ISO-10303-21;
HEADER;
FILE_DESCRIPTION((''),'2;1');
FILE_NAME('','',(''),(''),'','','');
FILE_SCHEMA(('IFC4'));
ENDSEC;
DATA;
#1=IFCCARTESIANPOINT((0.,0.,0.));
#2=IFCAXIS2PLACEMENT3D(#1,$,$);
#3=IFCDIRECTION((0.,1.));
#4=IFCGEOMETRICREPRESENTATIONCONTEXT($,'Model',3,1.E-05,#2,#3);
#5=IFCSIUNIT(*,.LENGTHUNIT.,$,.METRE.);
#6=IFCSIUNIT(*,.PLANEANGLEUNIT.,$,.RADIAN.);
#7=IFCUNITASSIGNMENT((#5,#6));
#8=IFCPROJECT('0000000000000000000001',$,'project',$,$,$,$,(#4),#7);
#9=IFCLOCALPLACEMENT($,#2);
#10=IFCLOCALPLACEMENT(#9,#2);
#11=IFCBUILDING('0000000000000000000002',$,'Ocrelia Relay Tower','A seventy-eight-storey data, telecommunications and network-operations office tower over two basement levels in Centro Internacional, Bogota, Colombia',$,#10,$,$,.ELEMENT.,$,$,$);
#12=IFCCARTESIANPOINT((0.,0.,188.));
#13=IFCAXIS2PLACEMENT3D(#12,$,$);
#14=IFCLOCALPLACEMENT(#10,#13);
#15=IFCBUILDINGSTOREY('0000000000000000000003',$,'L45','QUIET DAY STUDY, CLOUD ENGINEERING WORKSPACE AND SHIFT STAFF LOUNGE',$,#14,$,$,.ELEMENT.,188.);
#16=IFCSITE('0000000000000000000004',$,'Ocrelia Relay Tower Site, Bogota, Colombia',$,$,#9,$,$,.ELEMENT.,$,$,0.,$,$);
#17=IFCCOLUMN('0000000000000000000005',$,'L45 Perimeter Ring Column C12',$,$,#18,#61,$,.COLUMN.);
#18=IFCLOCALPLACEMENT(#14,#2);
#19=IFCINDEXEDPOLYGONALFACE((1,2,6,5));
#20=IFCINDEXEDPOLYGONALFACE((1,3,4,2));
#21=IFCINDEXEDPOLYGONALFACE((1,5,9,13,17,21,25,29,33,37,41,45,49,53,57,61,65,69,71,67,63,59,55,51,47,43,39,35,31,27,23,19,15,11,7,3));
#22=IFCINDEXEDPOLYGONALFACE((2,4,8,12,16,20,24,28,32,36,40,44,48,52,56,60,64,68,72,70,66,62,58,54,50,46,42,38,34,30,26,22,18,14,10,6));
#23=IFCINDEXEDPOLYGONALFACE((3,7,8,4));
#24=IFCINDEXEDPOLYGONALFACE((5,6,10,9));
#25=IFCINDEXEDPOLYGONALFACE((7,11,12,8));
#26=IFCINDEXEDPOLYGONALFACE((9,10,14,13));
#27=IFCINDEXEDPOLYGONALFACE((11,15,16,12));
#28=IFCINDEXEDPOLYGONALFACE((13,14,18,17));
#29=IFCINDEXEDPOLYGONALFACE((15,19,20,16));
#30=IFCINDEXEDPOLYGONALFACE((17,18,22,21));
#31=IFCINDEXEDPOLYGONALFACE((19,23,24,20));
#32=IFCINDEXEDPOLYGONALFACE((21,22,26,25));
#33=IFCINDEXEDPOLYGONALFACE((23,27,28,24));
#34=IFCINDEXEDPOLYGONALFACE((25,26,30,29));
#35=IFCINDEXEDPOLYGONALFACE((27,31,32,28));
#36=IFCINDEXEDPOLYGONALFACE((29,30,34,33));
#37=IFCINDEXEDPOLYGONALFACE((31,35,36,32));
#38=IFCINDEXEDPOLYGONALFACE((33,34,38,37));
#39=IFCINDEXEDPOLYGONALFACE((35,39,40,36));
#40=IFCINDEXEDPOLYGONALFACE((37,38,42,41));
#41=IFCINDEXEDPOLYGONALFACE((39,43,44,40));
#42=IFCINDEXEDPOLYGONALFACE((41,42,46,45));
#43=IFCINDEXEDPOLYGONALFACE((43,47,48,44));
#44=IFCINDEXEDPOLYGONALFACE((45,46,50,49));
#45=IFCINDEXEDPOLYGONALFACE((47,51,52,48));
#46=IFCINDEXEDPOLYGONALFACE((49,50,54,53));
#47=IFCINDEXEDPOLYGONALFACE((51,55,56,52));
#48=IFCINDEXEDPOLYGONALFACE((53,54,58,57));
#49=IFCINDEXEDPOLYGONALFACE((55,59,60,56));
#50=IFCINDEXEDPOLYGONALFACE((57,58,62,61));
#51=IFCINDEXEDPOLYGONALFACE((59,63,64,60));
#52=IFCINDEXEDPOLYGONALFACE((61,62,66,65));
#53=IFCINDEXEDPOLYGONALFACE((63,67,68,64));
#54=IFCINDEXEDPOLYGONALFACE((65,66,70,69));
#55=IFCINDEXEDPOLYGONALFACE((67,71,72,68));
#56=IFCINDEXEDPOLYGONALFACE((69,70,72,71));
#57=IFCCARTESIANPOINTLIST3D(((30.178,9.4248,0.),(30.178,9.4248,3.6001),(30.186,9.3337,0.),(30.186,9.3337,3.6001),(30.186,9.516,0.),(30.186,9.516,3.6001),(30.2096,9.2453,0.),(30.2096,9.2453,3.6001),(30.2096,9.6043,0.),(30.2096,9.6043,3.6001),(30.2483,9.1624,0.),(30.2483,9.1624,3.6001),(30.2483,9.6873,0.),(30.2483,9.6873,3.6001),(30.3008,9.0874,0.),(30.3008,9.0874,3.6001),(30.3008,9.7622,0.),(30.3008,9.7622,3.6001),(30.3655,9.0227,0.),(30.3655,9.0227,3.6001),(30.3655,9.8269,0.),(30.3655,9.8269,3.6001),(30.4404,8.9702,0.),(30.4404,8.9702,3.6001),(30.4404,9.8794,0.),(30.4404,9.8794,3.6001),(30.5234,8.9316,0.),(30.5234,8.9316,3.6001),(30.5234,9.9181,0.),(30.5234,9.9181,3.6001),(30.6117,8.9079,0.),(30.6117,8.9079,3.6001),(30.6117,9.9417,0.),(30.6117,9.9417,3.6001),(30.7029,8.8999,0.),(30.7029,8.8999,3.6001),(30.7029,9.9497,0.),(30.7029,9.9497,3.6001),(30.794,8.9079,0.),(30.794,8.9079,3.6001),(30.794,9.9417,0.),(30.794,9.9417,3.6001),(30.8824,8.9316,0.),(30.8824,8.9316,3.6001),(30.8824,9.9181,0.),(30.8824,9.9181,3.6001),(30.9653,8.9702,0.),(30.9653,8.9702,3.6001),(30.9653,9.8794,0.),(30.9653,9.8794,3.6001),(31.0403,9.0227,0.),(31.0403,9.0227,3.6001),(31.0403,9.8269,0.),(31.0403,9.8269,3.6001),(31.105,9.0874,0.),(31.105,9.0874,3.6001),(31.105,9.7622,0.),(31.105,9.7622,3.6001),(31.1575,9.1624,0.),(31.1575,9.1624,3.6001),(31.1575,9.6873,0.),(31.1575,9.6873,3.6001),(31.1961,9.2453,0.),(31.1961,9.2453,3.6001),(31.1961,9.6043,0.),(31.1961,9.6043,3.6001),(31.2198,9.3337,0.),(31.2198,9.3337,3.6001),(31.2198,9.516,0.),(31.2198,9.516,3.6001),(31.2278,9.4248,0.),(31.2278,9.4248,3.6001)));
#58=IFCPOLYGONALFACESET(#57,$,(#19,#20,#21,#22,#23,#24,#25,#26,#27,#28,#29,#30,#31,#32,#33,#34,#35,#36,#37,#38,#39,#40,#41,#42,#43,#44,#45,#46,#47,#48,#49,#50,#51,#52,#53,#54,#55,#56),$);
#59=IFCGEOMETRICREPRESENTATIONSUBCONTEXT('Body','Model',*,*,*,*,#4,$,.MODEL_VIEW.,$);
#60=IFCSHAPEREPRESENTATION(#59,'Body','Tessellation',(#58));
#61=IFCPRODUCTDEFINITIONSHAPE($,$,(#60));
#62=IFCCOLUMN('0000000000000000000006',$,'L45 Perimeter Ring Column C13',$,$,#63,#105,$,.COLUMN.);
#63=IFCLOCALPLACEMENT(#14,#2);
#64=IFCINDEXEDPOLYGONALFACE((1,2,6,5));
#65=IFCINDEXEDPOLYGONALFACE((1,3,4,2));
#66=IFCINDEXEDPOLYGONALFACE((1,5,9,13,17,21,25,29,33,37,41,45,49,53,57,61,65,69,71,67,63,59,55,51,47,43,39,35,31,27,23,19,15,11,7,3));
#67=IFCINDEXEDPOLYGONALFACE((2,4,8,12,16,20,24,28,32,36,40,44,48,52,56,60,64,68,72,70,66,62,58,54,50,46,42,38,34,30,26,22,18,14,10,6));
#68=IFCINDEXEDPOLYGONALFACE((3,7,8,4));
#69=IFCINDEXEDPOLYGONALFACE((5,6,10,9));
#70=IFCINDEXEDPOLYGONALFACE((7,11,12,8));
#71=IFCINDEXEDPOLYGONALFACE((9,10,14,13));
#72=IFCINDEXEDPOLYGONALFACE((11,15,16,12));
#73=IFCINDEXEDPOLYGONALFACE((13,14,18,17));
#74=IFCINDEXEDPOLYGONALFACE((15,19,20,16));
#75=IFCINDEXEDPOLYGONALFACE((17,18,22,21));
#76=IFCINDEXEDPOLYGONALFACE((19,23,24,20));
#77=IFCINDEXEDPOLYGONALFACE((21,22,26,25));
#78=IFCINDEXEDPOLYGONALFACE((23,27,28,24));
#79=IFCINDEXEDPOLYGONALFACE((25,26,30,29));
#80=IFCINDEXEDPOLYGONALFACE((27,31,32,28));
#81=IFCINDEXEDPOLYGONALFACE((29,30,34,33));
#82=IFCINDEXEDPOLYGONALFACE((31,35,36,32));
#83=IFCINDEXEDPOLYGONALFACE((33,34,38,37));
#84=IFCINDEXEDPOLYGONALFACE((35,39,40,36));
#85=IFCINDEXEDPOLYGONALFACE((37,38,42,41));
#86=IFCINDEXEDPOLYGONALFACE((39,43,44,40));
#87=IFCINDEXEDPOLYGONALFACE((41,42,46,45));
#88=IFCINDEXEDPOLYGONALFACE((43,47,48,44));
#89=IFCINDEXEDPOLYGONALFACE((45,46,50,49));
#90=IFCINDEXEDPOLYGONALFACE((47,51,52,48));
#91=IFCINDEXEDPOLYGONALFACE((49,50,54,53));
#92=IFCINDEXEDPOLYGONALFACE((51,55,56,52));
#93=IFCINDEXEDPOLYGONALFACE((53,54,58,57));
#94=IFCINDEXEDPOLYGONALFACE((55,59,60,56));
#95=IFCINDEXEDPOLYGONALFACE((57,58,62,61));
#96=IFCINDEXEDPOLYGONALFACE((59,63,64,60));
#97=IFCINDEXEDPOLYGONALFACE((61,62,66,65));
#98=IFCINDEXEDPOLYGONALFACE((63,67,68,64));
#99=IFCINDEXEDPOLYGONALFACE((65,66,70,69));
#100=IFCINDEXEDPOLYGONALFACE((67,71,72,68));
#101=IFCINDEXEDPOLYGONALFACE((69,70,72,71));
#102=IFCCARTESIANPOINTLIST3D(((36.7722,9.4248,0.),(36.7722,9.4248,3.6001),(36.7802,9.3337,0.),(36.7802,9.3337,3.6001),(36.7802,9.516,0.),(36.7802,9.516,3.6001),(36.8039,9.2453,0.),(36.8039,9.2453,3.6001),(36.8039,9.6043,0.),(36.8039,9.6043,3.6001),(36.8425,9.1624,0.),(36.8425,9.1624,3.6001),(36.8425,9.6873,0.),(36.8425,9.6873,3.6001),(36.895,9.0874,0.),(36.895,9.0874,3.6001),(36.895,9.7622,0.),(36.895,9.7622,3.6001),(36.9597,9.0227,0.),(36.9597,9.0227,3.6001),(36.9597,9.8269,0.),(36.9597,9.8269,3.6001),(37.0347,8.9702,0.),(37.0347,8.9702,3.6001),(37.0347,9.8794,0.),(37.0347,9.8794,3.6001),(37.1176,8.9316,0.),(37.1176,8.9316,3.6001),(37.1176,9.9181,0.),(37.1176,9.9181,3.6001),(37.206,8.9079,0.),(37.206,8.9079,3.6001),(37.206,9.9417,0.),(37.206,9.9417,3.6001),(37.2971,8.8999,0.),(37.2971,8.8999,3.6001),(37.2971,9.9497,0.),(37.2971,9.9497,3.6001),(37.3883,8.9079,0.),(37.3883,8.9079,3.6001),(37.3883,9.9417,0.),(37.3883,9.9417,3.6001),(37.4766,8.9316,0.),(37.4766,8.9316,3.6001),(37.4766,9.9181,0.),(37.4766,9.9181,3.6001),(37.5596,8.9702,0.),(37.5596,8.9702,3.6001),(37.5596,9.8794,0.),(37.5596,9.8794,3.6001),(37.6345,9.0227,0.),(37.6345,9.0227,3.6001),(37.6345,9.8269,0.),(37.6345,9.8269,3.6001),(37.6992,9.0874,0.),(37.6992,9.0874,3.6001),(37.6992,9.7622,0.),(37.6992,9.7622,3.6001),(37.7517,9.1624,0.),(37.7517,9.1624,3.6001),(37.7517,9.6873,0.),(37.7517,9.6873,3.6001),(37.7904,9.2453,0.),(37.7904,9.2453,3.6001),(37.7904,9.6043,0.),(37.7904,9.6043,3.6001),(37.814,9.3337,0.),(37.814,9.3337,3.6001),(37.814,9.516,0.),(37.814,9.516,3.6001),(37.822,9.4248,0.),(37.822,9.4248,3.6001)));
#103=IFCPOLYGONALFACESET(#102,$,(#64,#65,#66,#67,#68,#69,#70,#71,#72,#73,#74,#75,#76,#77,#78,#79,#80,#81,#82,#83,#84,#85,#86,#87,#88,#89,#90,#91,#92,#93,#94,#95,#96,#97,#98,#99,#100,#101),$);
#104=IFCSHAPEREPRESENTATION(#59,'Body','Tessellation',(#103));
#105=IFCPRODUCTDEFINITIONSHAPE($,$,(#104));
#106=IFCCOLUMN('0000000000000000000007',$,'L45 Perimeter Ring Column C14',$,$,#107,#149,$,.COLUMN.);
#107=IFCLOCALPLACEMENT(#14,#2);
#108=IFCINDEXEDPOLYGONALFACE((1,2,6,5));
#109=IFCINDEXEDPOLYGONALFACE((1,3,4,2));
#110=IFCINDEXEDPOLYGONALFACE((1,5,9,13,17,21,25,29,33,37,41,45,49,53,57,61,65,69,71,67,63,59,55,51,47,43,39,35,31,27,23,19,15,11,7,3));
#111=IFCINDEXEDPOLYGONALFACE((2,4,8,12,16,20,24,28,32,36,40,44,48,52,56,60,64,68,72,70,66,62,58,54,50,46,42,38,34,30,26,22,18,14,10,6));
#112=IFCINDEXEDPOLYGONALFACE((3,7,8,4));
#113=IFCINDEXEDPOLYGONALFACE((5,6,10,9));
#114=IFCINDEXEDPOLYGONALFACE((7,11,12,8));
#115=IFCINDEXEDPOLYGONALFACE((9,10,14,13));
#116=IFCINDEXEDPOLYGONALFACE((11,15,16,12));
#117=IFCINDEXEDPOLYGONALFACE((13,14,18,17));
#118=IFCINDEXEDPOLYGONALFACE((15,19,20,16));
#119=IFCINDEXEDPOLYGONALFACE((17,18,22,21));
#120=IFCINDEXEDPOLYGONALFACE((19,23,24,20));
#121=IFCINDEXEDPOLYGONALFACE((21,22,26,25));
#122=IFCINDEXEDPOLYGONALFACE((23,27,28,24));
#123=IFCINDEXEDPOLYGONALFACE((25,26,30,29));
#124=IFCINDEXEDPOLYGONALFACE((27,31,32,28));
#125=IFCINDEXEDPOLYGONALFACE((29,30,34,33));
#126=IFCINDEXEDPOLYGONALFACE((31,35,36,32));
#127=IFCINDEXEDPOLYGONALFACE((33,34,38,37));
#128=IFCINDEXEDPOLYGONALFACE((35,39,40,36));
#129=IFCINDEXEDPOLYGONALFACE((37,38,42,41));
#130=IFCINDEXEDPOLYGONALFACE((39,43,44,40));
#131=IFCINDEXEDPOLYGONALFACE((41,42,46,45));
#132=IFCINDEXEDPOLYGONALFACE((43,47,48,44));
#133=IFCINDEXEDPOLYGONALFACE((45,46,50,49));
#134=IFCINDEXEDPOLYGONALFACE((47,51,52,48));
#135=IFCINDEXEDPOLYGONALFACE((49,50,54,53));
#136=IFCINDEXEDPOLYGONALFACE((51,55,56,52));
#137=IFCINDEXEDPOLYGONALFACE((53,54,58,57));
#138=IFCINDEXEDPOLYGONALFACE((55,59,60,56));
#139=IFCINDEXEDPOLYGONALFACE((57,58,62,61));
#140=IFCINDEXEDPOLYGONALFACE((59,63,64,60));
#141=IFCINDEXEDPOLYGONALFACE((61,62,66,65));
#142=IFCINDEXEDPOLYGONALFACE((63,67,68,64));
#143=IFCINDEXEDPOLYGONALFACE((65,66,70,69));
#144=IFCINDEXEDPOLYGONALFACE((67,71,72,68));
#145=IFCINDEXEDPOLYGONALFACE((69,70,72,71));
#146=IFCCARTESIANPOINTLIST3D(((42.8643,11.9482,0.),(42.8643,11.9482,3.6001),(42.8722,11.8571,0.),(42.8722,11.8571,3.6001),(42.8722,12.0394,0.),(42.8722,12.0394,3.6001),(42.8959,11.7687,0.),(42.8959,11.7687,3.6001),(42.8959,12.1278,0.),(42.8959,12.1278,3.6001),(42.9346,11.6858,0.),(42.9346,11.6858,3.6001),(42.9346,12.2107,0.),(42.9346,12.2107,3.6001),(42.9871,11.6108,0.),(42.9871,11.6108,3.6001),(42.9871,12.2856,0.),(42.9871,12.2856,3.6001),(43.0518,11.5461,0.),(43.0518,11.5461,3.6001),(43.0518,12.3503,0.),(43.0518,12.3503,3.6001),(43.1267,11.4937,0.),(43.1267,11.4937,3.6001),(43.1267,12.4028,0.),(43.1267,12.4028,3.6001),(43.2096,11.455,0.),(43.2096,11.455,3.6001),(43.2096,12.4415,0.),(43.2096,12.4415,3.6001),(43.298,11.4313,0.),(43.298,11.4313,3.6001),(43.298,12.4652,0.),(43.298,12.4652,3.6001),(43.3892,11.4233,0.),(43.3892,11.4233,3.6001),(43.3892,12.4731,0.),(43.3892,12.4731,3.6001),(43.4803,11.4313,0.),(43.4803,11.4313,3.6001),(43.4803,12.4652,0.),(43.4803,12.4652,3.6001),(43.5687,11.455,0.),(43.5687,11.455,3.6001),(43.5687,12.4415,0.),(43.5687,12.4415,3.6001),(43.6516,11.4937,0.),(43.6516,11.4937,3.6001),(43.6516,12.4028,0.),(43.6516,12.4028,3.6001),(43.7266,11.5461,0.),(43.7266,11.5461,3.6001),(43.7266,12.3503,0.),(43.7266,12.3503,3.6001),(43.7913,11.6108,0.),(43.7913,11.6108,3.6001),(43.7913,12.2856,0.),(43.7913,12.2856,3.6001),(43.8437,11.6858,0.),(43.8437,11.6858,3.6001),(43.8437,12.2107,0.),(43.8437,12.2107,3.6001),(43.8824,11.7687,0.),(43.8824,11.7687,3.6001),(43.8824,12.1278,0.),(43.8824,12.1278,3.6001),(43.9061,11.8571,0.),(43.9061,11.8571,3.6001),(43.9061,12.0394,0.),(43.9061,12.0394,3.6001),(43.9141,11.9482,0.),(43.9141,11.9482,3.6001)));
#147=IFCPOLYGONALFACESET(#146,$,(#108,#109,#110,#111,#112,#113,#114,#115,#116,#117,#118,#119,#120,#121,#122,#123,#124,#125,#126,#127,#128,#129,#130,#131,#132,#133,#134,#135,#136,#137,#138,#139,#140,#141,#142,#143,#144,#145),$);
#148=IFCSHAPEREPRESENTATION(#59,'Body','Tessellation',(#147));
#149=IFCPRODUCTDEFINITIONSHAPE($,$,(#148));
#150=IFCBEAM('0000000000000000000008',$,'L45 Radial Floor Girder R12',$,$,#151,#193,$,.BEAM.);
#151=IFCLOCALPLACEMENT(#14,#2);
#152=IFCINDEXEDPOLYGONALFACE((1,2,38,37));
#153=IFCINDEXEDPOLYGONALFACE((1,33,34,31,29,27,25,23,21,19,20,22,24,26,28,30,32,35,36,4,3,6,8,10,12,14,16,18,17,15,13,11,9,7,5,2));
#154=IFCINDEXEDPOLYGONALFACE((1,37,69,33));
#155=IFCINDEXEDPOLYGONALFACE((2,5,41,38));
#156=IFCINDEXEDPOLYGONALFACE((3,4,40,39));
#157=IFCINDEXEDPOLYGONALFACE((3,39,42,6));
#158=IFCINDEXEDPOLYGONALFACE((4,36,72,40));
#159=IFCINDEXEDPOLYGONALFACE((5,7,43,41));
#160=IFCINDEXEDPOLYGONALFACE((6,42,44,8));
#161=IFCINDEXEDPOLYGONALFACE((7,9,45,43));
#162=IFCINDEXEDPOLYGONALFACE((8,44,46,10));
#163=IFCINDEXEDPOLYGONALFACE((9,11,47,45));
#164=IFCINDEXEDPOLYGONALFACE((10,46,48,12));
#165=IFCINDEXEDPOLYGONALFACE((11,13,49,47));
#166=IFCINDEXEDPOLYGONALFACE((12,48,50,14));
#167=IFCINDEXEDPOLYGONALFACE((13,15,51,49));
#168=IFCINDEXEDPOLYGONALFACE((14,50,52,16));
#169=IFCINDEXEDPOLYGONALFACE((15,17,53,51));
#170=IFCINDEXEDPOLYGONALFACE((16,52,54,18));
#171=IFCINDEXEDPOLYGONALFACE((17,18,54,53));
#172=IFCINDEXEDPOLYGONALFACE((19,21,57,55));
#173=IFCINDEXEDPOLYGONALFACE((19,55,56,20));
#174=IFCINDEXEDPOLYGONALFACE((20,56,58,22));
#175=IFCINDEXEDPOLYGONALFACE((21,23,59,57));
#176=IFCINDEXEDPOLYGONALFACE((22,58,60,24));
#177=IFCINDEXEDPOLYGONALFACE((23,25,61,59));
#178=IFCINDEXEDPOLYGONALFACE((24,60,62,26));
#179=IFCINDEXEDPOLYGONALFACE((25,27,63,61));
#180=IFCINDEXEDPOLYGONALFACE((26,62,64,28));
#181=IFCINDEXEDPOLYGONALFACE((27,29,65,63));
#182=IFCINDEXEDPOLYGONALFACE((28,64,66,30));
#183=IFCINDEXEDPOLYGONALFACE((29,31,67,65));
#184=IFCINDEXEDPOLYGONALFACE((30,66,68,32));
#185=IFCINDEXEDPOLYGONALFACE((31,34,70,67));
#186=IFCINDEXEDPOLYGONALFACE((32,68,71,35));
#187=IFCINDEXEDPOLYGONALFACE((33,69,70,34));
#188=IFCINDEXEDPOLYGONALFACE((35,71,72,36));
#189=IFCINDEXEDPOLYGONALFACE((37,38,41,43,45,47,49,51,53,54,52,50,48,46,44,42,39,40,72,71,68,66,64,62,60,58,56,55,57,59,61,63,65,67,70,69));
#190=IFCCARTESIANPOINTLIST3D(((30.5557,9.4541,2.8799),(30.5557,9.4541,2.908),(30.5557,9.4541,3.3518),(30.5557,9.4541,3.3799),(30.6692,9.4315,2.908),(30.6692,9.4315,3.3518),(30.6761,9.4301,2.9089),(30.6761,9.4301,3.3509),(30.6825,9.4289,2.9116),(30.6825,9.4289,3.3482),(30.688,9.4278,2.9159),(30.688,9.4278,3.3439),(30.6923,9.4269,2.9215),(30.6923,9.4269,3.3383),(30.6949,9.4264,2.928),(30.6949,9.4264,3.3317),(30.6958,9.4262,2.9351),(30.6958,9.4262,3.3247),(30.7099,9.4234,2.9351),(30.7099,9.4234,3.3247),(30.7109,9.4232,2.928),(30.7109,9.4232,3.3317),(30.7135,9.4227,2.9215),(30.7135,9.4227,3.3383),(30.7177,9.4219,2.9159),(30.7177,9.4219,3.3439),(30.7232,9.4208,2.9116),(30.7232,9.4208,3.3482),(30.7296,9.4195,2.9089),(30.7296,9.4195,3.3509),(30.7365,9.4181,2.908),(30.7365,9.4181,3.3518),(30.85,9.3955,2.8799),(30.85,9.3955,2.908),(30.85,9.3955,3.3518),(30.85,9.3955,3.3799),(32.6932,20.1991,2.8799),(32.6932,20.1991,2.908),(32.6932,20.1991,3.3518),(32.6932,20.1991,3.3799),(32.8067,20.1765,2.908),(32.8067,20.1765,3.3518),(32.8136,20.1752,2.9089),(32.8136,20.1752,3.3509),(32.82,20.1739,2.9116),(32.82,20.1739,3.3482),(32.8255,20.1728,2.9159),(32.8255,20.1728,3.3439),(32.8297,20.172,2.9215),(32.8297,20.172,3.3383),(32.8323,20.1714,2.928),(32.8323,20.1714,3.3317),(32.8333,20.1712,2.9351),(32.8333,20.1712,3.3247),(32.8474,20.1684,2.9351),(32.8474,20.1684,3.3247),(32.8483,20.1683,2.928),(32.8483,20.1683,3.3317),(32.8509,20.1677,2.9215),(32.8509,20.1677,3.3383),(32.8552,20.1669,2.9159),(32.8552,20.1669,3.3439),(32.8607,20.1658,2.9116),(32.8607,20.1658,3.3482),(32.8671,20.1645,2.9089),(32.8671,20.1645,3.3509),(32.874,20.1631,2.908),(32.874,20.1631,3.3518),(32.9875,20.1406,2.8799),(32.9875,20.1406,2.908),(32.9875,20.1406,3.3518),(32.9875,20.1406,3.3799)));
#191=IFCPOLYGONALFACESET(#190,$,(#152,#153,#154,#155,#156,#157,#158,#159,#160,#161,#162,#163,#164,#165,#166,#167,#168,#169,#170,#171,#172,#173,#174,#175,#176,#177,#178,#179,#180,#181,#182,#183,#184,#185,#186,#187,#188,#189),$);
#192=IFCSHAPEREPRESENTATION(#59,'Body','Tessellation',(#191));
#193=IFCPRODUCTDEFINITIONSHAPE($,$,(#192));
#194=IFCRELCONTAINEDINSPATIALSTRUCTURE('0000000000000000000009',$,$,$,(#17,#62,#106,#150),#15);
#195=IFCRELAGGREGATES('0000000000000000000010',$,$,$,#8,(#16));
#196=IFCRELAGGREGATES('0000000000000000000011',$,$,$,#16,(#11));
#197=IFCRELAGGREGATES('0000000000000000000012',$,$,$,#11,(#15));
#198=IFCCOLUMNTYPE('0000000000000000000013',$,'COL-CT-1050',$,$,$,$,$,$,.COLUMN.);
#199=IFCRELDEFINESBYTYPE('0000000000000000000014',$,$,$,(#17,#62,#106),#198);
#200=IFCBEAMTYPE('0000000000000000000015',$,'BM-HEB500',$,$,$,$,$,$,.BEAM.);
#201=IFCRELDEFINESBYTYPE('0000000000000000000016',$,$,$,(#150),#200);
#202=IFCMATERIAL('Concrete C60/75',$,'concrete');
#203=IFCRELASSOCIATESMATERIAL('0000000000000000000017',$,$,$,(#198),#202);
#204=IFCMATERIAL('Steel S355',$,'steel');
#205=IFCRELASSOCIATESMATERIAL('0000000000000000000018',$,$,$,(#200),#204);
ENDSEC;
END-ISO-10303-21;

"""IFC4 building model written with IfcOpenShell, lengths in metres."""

from ifc_helpers import new_model, si_unit, direction, frame, origin, origin_2d, place, context, subcontext, project, spatial, circle, i_section, extrude, material, material_profile, profile_set, type_object, element, save


model = new_model("IFC4")

# Units and contexts
model_context = context("Model", 3, precision=1e-05, world=origin(), true_north=direction((0.0, 1.0)))
body_context = subcontext(model_context, "Body", "Model", "MODEL_VIEW")
ifc_project = project(units=[si_unit("LENGTHUNIT", "METRE"), si_unit("PLANEANGLEUNIT", "RADIAN")], contexts=[model_context])

# Site, building, storey
site_placement = place(None, origin())
site = spatial("IfcSite", under=ifc_project, at=site_placement, Name="Ocrelia Relay Tower Site, Bogota, Colombia", CompositionType="ELEMENT", RefElevation=0.0)
building_placement = place(site_placement, origin())
building = spatial("IfcBuilding", under=site, at=building_placement, Name="Ocrelia Relay Tower", Description="A seventy-eight-storey data, telecommunications and network-operations office tower over two basement levels in Centro Internacional, Bogota, Colombia", CompositionType="ELEMENT")
storey_placement = place(building_placement, frame((0.0, 0.0, 188.0)))
storey = spatial("IfcBuildingStorey", under=building, at=storey_placement, Name="L45", Description="QUIET DAY STUDY, CLOUD ENGINEERING WORKSPACE AND SHIFT STAFF LOUNGE", CompositionType="ELEMENT", Elevation=188.0)

# Columns
ifc_material_1 = material(Name="Concrete C60/75", Category="concrete")
ifc_material_profile_1 = material_profile(ifc_material_1, circle(Radius=0.5249, at=origin_2d()), Name="RC-CIR-1050")
ifc_profile_set_1 = profile_set([ifc_material_profile_1], Name="Concrete C60/75")
column_type = type_object("IfcColumnType", Name="COL-CT-1050", PredefinedType="COLUMN", material=ifc_profile_set_1)
for number, where, z_axis, x_axis, name in (
    (1, (30.7029, 9.4248, 0.0), (0.0, 0.0, 1.0), (1.0, 0.0, 0.0), "L45 Perimeter Ring Column C12"),
    (2, (37.2971, 9.4248, 0.0), (0.0, 0.0, 1.0), (1.0, 0.0, 0.0), "L45 Perimeter Ring Column C13"),
    (3, (43.3892, 11.9482, 0.0), (0.0, 0.0, 1.0), (1.0, 0.0, 0.0), "L45 Perimeter Ring Column C14"),
):
    element("IfcColumn", number, at=place(storey_placement, frame(where, z_axis=z_axis, x_axis=x_axis)), inside=storey, type_object=column_type, Name=name, PredefinedType="COLUMN", context=body_context, shape_type="SweptSolid", body=[
        extrude(circle(Radius=0.5249, at=origin_2d()), origin(), (0.0, 0.0, 1.0), 3.6001),
    ])

# Beam
ifc_material_2 = material(Name="Steel S355", Category="steel")
ifc_material_profile_2 = material_profile(ifc_material_2, i_section(OverallWidth=0.3, OverallDepth=0.5, WebThickness=0.0144, FlangeThickness=0.0281, FilletRadius=0.0271, at=origin_2d()), Name="HEB 500")
ifc_profile_set_2 = profile_set([ifc_material_profile_2], Name="Steel S355")
beam_type_1 = type_object("IfcBeamType", Name="BM-HEB500", PredefinedType="BEAM", material=ifc_profile_set_2)
for number, where, z_axis, x_axis, name in (
    (4, (30.7029, 9.4248, 3.1299), (0.1951, 0.980783, 0.0), (-0.980783, 0.1951, 0.0), "L45 Radial Floor Girder R12"),
):
    element("IfcBeam", number, at=place(storey_placement, frame(where, z_axis=z_axis, x_axis=x_axis)), inside=storey, type_object=beam_type_1, Name=name, PredefinedType="BEAM", context=body_context, shape_type="SweptSolid", body=[
        extrude(i_section(OverallWidth=0.3, OverallDepth=0.5, WebThickness=0.0144, FlangeThickness=0.0281, FilletRadius=0.0271, at=origin_2d()), origin(), (0.0, 0.0, 1.0), 10.9556),
    ])

save(model, "model.ifc")
